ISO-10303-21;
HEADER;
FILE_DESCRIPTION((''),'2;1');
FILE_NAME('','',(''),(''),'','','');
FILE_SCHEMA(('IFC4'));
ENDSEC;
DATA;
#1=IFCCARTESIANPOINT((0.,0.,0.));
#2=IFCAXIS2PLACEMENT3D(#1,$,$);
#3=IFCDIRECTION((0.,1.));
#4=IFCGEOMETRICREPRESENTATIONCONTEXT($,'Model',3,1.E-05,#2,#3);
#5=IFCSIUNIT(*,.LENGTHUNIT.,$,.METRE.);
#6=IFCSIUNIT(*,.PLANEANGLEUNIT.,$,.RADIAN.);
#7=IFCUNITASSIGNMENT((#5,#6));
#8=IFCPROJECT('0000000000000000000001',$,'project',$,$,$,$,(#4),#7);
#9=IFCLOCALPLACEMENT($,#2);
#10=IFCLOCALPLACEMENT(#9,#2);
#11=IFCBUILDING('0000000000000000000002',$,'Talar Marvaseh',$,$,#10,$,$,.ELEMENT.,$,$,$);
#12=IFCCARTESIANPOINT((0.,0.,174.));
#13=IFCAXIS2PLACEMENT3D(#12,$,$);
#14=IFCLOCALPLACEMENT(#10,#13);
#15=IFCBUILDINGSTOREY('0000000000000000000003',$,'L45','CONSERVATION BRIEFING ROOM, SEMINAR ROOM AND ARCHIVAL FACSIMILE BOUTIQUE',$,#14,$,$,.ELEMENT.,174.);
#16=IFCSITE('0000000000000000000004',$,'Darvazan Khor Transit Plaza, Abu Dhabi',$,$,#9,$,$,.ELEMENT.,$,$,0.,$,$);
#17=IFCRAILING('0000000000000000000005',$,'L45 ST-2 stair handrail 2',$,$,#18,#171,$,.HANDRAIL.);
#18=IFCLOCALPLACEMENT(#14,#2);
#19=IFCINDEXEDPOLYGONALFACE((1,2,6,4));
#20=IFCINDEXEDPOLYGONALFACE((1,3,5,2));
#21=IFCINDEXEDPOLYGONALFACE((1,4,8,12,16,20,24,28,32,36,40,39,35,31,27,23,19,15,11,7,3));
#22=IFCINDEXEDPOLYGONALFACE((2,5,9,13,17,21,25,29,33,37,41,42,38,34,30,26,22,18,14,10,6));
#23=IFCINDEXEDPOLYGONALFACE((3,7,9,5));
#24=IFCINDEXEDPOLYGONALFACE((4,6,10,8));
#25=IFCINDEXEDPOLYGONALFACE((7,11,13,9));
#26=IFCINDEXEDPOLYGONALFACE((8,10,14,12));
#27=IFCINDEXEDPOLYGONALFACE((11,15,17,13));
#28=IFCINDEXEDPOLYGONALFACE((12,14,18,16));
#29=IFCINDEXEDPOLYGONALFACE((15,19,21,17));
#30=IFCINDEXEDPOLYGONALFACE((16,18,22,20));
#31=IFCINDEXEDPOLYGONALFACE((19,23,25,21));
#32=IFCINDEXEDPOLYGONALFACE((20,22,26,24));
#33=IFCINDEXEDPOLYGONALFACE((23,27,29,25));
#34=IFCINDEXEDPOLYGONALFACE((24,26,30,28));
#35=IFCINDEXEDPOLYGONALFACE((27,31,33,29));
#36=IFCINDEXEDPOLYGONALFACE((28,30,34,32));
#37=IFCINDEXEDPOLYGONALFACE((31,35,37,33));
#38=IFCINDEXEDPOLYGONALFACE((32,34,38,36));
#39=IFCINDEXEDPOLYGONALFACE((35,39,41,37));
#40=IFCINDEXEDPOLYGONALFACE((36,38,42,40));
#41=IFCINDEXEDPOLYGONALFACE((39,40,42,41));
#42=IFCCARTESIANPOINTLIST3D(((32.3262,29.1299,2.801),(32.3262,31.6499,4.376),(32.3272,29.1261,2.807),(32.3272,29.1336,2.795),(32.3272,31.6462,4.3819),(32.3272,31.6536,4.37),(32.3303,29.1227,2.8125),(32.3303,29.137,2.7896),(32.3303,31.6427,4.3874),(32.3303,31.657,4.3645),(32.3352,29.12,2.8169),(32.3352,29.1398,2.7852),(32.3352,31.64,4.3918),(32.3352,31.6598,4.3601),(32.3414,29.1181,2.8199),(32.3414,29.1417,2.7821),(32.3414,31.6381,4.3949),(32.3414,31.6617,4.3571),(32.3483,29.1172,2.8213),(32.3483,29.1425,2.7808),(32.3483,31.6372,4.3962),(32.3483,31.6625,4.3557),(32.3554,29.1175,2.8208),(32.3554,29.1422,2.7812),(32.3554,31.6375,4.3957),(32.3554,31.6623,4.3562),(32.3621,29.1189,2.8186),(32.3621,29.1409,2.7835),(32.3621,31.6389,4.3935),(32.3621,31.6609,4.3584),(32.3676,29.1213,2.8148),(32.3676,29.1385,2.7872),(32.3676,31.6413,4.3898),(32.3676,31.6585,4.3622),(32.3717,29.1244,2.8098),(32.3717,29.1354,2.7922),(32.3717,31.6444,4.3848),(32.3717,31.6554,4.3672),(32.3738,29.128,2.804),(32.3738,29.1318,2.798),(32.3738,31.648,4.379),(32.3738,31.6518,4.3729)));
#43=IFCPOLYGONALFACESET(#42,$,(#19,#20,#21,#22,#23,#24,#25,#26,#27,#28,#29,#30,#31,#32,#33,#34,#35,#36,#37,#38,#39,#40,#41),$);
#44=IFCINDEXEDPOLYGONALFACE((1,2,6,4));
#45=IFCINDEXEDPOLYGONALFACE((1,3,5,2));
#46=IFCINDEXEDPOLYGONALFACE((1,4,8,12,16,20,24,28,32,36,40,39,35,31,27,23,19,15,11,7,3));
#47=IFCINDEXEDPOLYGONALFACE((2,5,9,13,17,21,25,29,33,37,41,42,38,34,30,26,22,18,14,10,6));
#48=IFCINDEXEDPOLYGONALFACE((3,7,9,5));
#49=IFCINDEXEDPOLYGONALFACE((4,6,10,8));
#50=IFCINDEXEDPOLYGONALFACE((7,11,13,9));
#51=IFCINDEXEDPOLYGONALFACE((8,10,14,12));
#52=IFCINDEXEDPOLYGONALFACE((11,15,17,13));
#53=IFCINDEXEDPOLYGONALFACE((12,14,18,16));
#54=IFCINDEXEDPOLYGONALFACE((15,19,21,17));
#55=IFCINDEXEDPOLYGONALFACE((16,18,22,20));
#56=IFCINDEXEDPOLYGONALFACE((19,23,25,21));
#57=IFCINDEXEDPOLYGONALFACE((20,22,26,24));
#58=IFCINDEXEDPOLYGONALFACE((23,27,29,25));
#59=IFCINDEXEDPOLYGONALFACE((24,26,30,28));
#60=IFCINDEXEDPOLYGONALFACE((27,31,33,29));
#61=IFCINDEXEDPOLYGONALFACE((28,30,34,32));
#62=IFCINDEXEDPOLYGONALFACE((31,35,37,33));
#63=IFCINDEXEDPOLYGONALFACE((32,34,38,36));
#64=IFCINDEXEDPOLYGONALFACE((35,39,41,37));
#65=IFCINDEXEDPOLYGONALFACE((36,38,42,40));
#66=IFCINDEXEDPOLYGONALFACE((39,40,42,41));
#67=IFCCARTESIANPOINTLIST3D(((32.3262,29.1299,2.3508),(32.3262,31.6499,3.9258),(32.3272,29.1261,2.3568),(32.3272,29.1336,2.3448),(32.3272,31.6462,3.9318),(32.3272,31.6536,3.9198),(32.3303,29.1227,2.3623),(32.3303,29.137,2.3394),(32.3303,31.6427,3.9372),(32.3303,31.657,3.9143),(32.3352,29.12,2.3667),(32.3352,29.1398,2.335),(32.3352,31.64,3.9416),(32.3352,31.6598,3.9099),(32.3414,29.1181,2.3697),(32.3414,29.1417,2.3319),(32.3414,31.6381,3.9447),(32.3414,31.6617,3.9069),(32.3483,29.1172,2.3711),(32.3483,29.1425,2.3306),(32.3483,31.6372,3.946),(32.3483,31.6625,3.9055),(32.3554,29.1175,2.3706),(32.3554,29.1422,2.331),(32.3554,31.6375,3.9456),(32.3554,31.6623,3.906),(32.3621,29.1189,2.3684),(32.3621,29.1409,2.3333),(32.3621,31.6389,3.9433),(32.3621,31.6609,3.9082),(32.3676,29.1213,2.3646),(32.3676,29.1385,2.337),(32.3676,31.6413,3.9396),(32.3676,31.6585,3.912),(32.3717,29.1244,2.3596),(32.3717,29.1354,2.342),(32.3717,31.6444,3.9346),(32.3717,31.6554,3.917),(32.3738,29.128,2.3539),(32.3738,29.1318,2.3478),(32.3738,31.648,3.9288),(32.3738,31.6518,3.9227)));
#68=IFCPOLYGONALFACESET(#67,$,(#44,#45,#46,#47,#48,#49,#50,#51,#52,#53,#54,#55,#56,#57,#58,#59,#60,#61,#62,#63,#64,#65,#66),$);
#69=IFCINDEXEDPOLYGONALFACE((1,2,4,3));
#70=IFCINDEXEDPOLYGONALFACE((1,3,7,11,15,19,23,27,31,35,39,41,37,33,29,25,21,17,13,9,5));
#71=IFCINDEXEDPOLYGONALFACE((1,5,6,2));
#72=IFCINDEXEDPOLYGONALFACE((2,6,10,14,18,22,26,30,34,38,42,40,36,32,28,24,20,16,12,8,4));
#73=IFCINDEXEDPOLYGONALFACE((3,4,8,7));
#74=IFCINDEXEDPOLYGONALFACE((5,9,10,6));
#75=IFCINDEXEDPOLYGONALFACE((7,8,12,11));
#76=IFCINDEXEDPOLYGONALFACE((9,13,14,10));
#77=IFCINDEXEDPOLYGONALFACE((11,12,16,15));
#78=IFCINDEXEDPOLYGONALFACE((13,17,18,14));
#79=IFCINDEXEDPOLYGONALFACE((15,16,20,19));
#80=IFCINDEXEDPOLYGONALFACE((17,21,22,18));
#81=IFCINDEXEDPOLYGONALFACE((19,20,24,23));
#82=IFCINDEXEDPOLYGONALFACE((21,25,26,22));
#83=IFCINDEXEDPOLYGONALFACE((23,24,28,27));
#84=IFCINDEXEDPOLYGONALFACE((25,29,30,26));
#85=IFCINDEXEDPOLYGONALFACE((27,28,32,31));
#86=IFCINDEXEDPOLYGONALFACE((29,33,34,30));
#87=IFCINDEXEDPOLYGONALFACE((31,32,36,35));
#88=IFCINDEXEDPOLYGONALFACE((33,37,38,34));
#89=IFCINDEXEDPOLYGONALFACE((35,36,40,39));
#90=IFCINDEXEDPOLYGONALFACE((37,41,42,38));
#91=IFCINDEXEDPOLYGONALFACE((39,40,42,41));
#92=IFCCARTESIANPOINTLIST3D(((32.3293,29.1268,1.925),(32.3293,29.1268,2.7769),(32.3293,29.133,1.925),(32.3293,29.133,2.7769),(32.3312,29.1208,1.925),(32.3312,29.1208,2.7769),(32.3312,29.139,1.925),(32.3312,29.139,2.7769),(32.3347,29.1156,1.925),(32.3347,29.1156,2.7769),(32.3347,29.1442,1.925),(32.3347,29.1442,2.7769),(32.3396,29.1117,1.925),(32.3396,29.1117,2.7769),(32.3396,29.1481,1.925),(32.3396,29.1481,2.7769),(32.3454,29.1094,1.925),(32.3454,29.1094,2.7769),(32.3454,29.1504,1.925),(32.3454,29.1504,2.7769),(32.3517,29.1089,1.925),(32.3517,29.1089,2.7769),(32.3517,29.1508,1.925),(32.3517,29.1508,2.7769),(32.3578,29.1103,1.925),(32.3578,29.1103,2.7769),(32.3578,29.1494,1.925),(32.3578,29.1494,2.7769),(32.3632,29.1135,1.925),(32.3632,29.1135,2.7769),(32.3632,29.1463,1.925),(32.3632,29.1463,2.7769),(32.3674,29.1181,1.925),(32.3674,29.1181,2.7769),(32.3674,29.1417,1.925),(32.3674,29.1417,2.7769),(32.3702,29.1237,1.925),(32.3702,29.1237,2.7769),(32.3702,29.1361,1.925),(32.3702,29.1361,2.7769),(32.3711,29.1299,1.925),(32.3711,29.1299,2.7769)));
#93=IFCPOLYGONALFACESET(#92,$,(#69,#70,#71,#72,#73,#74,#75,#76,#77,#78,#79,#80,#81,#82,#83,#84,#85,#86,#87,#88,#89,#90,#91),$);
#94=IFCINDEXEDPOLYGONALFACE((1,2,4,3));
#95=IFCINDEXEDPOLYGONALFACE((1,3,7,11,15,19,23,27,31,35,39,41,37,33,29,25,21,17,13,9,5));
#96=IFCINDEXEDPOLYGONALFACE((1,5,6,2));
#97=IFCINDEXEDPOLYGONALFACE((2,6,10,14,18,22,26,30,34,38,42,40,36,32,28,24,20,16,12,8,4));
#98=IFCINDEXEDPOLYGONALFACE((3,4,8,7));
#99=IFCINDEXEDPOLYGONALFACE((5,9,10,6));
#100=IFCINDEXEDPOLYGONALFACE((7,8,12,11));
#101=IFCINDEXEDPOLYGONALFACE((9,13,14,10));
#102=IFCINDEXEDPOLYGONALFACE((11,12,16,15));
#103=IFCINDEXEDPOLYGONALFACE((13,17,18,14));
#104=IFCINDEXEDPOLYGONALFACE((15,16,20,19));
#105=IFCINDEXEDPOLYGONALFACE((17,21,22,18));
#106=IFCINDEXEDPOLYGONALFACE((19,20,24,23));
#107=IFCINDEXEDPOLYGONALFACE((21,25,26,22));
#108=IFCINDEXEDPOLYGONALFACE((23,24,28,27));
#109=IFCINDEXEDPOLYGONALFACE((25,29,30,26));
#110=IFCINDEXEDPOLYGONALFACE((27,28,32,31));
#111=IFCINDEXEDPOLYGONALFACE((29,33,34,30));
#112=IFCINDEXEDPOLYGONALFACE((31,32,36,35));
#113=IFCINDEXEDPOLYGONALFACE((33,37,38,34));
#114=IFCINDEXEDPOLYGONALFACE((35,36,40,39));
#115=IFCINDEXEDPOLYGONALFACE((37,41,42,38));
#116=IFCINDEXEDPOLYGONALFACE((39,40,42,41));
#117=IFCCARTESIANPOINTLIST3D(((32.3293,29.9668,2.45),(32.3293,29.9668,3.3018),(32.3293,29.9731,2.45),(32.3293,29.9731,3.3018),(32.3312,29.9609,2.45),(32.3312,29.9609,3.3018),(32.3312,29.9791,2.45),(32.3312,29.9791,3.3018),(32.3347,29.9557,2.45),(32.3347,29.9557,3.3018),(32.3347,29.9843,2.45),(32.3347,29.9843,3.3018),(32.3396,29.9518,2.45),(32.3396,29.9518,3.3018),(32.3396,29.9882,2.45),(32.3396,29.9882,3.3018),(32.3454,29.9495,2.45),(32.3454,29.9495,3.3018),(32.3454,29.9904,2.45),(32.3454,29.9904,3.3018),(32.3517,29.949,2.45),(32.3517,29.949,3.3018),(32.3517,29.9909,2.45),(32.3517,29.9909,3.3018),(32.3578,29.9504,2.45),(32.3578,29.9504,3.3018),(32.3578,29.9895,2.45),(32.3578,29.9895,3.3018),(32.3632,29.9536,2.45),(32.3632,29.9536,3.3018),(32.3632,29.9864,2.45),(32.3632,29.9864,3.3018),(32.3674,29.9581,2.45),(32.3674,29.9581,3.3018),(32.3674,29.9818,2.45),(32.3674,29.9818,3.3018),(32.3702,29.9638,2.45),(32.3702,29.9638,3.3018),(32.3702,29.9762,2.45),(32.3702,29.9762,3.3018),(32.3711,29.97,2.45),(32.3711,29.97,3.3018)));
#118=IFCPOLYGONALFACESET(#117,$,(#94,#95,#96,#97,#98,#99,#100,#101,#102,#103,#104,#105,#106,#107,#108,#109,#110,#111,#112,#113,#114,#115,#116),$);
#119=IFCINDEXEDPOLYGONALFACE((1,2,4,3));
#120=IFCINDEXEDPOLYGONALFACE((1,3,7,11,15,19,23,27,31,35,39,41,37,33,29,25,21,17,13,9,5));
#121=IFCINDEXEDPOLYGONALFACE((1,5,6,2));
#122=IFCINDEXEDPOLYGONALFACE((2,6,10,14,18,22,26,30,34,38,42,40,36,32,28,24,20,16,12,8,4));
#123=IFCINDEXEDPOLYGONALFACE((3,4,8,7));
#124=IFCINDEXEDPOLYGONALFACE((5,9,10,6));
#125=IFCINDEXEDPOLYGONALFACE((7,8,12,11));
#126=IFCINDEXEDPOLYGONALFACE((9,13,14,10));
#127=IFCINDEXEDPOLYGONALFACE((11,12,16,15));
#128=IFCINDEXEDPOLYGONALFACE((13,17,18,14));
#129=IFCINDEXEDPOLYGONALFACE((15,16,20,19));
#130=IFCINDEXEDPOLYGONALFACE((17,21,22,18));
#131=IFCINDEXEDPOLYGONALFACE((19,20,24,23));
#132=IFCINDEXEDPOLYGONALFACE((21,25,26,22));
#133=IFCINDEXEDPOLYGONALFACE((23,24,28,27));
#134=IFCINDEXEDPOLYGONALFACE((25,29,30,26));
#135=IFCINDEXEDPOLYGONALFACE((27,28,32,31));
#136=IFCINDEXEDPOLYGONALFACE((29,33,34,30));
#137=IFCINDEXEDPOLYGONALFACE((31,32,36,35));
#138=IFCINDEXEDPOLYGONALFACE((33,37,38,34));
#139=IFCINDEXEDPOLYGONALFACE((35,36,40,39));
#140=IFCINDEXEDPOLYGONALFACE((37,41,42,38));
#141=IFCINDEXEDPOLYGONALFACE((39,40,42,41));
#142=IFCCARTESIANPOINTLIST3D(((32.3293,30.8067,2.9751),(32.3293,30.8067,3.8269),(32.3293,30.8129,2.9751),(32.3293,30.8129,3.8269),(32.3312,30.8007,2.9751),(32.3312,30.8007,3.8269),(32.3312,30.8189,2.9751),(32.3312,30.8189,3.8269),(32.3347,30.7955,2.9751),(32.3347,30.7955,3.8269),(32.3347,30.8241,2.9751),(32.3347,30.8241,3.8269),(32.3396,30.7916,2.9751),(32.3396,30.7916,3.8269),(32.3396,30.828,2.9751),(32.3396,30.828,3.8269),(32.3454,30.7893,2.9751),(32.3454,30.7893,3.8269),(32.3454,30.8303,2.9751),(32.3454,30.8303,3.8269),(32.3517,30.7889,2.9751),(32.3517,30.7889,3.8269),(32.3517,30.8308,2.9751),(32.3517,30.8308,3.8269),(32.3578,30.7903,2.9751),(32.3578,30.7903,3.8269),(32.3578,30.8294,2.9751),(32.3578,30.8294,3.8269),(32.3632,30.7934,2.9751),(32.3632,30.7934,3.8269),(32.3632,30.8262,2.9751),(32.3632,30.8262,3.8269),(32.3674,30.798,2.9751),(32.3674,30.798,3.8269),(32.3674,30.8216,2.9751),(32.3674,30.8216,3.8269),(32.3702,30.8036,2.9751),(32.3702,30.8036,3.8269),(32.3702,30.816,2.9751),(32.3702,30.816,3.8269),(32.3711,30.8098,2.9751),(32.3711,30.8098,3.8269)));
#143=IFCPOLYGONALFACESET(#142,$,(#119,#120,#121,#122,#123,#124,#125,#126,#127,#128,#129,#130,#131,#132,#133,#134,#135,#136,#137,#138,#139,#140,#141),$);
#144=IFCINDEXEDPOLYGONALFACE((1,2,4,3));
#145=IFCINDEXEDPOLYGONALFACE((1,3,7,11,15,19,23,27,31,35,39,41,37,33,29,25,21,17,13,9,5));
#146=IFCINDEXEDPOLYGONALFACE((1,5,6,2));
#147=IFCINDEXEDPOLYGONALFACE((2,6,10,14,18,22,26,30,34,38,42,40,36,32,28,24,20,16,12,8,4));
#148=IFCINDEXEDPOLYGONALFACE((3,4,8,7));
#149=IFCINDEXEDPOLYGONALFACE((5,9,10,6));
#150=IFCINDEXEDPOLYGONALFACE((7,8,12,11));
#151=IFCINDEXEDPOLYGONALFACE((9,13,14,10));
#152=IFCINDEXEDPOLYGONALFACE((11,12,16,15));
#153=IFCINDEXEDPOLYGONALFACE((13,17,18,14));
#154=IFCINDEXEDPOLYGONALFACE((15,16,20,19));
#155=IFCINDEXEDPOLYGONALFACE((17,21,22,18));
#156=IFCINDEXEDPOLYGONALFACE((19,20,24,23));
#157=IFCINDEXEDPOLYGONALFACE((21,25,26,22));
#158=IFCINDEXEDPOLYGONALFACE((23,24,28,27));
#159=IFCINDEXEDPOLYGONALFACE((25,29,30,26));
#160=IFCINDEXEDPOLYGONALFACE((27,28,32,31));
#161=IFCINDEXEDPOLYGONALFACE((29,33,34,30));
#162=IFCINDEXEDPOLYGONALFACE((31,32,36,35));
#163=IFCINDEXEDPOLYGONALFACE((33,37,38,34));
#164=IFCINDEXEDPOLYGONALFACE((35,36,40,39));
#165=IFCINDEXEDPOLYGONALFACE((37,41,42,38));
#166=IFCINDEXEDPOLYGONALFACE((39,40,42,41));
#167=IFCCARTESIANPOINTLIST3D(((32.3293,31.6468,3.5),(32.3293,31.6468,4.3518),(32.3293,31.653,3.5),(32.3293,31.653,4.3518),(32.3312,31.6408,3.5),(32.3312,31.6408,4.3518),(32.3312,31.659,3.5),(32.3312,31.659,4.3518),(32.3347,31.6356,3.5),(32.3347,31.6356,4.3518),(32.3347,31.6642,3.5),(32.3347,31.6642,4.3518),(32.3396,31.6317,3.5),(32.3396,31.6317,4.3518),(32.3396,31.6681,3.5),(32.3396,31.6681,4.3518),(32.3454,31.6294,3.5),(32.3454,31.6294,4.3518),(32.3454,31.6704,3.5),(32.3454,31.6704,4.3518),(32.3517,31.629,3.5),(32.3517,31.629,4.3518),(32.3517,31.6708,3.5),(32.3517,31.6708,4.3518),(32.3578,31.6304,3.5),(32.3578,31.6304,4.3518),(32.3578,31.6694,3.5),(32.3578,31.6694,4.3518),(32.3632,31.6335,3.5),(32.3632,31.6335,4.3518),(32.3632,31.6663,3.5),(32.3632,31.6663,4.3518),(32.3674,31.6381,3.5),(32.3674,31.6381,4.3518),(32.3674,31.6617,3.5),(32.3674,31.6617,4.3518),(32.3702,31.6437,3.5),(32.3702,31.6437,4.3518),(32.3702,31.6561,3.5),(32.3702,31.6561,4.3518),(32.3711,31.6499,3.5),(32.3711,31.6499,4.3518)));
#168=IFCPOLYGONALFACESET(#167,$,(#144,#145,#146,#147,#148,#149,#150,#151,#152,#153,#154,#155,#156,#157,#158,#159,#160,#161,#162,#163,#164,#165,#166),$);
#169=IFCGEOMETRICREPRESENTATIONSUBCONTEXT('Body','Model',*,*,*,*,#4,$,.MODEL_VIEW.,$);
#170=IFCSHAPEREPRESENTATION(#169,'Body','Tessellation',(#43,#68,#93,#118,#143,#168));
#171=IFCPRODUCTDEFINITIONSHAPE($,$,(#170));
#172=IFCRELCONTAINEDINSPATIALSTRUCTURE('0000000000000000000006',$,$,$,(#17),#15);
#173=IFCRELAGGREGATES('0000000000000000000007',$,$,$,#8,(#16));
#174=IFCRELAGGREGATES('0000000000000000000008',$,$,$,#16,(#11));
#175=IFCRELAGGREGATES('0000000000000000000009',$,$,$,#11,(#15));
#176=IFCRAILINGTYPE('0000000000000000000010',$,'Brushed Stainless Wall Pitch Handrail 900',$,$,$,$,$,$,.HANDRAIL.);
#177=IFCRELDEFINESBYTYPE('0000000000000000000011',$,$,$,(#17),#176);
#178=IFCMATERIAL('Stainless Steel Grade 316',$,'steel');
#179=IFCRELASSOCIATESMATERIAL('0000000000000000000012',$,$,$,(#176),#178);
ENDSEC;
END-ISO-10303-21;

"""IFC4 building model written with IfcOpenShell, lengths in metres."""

from ifc_helpers import new_model, si_unit, direction, frame, origin, origin_2d, place, context, subcontext, project, spatial, circle, extrude, material, type_object, element, save


model = new_model("IFC4")

# Units and contexts
model_context = context("Model", 3, precision=1e-05, world=origin(), true_north=direction((0.0, 1.0)))
body_context = subcontext(model_context, "Body", "Model", "MODEL_VIEW")
ifc_project = project(units=[si_unit("LENGTHUNIT", "METRE"), si_unit("PLANEANGLEUNIT", "RADIAN")], contexts=[model_context])

# Site, building, storey
site_placement = place(None, origin())
site = spatial("IfcSite", under=ifc_project, at=site_placement, Name="Darvazan Khor Transit Plaza, Abu Dhabi", CompositionType="ELEMENT", RefElevation=0.0)
building_placement = place(site_placement, origin())
building = spatial("IfcBuilding", under=site, at=building_placement, Name="Talar Marvaseh", CompositionType="ELEMENT")
storey_placement = place(building_placement, frame((0.0, 0.0, 174.0)))
storey = spatial("IfcBuildingStorey", under=building, at=storey_placement, Name="L45", Description="CONSERVATION BRIEFING ROOM, SEMINAR ROOM AND ARCHIVAL FACSIMILE BOUTIQUE", CompositionType="ELEMENT", Elevation=174.0)

# Shared definitions
ifc_material_1 = material(Name="Stainless Steel Grade 316", Category="steel")

# Railing
railing_type_1 = type_object("IfcRailingType", Name="Brushed Stainless Wall Pitch Handrail 900", PredefinedType="HANDRAIL", material=ifc_material_1)
railing_1_placement = place(storey_placement, frame((32.3501, 29.1299, 1.925)))
element("IfcRailing", 1, at=railing_1_placement, inside=storey, type_object=railing_type_1, Name="L45 ST-2 stair handrail 2", PredefinedType="HANDRAIL", context=body_context, shape_type="SweptSolid", body=[
    extrude(circle(Radius=0.0239, at=origin_2d()), frame((0.0, 0.0, 0.876), z_axis=(0.0, 0.848008, 0.529984), x_axis=(-1.0, 0.0, 0.0)), (0.0, 0.0, 1.0), 2.9717),
    extrude(circle(Radius=0.0239, at=origin_2d()), frame((0.0, 0.0, 0.4258), z_axis=(0.0, 0.848008, 0.529984), x_axis=(-1.0, 0.0, 0.0)), (0.0, 0.0, 1.0), 2.9717),
    extrude(circle(Radius=0.021, at=origin_2d()), origin(), (0.0, 0.0, 1.0), 0.8518),
    extrude(circle(Radius=0.021, at=origin_2d()), frame((0.0, 0.8401, 0.5249)), (0.0, 0.0, 1.0), 0.8518),
    extrude(circle(Radius=0.021, at=origin_2d()), frame((0.0, 1.6799, 1.05)), (0.0, 0.0, 1.0), 0.8518),
    extrude(circle(Radius=0.021, at=origin_2d()), frame((0.0, 2.52, 1.575)), (0.0, 0.0, 1.0), 0.8518),
])

save(model, "model.ifc")
